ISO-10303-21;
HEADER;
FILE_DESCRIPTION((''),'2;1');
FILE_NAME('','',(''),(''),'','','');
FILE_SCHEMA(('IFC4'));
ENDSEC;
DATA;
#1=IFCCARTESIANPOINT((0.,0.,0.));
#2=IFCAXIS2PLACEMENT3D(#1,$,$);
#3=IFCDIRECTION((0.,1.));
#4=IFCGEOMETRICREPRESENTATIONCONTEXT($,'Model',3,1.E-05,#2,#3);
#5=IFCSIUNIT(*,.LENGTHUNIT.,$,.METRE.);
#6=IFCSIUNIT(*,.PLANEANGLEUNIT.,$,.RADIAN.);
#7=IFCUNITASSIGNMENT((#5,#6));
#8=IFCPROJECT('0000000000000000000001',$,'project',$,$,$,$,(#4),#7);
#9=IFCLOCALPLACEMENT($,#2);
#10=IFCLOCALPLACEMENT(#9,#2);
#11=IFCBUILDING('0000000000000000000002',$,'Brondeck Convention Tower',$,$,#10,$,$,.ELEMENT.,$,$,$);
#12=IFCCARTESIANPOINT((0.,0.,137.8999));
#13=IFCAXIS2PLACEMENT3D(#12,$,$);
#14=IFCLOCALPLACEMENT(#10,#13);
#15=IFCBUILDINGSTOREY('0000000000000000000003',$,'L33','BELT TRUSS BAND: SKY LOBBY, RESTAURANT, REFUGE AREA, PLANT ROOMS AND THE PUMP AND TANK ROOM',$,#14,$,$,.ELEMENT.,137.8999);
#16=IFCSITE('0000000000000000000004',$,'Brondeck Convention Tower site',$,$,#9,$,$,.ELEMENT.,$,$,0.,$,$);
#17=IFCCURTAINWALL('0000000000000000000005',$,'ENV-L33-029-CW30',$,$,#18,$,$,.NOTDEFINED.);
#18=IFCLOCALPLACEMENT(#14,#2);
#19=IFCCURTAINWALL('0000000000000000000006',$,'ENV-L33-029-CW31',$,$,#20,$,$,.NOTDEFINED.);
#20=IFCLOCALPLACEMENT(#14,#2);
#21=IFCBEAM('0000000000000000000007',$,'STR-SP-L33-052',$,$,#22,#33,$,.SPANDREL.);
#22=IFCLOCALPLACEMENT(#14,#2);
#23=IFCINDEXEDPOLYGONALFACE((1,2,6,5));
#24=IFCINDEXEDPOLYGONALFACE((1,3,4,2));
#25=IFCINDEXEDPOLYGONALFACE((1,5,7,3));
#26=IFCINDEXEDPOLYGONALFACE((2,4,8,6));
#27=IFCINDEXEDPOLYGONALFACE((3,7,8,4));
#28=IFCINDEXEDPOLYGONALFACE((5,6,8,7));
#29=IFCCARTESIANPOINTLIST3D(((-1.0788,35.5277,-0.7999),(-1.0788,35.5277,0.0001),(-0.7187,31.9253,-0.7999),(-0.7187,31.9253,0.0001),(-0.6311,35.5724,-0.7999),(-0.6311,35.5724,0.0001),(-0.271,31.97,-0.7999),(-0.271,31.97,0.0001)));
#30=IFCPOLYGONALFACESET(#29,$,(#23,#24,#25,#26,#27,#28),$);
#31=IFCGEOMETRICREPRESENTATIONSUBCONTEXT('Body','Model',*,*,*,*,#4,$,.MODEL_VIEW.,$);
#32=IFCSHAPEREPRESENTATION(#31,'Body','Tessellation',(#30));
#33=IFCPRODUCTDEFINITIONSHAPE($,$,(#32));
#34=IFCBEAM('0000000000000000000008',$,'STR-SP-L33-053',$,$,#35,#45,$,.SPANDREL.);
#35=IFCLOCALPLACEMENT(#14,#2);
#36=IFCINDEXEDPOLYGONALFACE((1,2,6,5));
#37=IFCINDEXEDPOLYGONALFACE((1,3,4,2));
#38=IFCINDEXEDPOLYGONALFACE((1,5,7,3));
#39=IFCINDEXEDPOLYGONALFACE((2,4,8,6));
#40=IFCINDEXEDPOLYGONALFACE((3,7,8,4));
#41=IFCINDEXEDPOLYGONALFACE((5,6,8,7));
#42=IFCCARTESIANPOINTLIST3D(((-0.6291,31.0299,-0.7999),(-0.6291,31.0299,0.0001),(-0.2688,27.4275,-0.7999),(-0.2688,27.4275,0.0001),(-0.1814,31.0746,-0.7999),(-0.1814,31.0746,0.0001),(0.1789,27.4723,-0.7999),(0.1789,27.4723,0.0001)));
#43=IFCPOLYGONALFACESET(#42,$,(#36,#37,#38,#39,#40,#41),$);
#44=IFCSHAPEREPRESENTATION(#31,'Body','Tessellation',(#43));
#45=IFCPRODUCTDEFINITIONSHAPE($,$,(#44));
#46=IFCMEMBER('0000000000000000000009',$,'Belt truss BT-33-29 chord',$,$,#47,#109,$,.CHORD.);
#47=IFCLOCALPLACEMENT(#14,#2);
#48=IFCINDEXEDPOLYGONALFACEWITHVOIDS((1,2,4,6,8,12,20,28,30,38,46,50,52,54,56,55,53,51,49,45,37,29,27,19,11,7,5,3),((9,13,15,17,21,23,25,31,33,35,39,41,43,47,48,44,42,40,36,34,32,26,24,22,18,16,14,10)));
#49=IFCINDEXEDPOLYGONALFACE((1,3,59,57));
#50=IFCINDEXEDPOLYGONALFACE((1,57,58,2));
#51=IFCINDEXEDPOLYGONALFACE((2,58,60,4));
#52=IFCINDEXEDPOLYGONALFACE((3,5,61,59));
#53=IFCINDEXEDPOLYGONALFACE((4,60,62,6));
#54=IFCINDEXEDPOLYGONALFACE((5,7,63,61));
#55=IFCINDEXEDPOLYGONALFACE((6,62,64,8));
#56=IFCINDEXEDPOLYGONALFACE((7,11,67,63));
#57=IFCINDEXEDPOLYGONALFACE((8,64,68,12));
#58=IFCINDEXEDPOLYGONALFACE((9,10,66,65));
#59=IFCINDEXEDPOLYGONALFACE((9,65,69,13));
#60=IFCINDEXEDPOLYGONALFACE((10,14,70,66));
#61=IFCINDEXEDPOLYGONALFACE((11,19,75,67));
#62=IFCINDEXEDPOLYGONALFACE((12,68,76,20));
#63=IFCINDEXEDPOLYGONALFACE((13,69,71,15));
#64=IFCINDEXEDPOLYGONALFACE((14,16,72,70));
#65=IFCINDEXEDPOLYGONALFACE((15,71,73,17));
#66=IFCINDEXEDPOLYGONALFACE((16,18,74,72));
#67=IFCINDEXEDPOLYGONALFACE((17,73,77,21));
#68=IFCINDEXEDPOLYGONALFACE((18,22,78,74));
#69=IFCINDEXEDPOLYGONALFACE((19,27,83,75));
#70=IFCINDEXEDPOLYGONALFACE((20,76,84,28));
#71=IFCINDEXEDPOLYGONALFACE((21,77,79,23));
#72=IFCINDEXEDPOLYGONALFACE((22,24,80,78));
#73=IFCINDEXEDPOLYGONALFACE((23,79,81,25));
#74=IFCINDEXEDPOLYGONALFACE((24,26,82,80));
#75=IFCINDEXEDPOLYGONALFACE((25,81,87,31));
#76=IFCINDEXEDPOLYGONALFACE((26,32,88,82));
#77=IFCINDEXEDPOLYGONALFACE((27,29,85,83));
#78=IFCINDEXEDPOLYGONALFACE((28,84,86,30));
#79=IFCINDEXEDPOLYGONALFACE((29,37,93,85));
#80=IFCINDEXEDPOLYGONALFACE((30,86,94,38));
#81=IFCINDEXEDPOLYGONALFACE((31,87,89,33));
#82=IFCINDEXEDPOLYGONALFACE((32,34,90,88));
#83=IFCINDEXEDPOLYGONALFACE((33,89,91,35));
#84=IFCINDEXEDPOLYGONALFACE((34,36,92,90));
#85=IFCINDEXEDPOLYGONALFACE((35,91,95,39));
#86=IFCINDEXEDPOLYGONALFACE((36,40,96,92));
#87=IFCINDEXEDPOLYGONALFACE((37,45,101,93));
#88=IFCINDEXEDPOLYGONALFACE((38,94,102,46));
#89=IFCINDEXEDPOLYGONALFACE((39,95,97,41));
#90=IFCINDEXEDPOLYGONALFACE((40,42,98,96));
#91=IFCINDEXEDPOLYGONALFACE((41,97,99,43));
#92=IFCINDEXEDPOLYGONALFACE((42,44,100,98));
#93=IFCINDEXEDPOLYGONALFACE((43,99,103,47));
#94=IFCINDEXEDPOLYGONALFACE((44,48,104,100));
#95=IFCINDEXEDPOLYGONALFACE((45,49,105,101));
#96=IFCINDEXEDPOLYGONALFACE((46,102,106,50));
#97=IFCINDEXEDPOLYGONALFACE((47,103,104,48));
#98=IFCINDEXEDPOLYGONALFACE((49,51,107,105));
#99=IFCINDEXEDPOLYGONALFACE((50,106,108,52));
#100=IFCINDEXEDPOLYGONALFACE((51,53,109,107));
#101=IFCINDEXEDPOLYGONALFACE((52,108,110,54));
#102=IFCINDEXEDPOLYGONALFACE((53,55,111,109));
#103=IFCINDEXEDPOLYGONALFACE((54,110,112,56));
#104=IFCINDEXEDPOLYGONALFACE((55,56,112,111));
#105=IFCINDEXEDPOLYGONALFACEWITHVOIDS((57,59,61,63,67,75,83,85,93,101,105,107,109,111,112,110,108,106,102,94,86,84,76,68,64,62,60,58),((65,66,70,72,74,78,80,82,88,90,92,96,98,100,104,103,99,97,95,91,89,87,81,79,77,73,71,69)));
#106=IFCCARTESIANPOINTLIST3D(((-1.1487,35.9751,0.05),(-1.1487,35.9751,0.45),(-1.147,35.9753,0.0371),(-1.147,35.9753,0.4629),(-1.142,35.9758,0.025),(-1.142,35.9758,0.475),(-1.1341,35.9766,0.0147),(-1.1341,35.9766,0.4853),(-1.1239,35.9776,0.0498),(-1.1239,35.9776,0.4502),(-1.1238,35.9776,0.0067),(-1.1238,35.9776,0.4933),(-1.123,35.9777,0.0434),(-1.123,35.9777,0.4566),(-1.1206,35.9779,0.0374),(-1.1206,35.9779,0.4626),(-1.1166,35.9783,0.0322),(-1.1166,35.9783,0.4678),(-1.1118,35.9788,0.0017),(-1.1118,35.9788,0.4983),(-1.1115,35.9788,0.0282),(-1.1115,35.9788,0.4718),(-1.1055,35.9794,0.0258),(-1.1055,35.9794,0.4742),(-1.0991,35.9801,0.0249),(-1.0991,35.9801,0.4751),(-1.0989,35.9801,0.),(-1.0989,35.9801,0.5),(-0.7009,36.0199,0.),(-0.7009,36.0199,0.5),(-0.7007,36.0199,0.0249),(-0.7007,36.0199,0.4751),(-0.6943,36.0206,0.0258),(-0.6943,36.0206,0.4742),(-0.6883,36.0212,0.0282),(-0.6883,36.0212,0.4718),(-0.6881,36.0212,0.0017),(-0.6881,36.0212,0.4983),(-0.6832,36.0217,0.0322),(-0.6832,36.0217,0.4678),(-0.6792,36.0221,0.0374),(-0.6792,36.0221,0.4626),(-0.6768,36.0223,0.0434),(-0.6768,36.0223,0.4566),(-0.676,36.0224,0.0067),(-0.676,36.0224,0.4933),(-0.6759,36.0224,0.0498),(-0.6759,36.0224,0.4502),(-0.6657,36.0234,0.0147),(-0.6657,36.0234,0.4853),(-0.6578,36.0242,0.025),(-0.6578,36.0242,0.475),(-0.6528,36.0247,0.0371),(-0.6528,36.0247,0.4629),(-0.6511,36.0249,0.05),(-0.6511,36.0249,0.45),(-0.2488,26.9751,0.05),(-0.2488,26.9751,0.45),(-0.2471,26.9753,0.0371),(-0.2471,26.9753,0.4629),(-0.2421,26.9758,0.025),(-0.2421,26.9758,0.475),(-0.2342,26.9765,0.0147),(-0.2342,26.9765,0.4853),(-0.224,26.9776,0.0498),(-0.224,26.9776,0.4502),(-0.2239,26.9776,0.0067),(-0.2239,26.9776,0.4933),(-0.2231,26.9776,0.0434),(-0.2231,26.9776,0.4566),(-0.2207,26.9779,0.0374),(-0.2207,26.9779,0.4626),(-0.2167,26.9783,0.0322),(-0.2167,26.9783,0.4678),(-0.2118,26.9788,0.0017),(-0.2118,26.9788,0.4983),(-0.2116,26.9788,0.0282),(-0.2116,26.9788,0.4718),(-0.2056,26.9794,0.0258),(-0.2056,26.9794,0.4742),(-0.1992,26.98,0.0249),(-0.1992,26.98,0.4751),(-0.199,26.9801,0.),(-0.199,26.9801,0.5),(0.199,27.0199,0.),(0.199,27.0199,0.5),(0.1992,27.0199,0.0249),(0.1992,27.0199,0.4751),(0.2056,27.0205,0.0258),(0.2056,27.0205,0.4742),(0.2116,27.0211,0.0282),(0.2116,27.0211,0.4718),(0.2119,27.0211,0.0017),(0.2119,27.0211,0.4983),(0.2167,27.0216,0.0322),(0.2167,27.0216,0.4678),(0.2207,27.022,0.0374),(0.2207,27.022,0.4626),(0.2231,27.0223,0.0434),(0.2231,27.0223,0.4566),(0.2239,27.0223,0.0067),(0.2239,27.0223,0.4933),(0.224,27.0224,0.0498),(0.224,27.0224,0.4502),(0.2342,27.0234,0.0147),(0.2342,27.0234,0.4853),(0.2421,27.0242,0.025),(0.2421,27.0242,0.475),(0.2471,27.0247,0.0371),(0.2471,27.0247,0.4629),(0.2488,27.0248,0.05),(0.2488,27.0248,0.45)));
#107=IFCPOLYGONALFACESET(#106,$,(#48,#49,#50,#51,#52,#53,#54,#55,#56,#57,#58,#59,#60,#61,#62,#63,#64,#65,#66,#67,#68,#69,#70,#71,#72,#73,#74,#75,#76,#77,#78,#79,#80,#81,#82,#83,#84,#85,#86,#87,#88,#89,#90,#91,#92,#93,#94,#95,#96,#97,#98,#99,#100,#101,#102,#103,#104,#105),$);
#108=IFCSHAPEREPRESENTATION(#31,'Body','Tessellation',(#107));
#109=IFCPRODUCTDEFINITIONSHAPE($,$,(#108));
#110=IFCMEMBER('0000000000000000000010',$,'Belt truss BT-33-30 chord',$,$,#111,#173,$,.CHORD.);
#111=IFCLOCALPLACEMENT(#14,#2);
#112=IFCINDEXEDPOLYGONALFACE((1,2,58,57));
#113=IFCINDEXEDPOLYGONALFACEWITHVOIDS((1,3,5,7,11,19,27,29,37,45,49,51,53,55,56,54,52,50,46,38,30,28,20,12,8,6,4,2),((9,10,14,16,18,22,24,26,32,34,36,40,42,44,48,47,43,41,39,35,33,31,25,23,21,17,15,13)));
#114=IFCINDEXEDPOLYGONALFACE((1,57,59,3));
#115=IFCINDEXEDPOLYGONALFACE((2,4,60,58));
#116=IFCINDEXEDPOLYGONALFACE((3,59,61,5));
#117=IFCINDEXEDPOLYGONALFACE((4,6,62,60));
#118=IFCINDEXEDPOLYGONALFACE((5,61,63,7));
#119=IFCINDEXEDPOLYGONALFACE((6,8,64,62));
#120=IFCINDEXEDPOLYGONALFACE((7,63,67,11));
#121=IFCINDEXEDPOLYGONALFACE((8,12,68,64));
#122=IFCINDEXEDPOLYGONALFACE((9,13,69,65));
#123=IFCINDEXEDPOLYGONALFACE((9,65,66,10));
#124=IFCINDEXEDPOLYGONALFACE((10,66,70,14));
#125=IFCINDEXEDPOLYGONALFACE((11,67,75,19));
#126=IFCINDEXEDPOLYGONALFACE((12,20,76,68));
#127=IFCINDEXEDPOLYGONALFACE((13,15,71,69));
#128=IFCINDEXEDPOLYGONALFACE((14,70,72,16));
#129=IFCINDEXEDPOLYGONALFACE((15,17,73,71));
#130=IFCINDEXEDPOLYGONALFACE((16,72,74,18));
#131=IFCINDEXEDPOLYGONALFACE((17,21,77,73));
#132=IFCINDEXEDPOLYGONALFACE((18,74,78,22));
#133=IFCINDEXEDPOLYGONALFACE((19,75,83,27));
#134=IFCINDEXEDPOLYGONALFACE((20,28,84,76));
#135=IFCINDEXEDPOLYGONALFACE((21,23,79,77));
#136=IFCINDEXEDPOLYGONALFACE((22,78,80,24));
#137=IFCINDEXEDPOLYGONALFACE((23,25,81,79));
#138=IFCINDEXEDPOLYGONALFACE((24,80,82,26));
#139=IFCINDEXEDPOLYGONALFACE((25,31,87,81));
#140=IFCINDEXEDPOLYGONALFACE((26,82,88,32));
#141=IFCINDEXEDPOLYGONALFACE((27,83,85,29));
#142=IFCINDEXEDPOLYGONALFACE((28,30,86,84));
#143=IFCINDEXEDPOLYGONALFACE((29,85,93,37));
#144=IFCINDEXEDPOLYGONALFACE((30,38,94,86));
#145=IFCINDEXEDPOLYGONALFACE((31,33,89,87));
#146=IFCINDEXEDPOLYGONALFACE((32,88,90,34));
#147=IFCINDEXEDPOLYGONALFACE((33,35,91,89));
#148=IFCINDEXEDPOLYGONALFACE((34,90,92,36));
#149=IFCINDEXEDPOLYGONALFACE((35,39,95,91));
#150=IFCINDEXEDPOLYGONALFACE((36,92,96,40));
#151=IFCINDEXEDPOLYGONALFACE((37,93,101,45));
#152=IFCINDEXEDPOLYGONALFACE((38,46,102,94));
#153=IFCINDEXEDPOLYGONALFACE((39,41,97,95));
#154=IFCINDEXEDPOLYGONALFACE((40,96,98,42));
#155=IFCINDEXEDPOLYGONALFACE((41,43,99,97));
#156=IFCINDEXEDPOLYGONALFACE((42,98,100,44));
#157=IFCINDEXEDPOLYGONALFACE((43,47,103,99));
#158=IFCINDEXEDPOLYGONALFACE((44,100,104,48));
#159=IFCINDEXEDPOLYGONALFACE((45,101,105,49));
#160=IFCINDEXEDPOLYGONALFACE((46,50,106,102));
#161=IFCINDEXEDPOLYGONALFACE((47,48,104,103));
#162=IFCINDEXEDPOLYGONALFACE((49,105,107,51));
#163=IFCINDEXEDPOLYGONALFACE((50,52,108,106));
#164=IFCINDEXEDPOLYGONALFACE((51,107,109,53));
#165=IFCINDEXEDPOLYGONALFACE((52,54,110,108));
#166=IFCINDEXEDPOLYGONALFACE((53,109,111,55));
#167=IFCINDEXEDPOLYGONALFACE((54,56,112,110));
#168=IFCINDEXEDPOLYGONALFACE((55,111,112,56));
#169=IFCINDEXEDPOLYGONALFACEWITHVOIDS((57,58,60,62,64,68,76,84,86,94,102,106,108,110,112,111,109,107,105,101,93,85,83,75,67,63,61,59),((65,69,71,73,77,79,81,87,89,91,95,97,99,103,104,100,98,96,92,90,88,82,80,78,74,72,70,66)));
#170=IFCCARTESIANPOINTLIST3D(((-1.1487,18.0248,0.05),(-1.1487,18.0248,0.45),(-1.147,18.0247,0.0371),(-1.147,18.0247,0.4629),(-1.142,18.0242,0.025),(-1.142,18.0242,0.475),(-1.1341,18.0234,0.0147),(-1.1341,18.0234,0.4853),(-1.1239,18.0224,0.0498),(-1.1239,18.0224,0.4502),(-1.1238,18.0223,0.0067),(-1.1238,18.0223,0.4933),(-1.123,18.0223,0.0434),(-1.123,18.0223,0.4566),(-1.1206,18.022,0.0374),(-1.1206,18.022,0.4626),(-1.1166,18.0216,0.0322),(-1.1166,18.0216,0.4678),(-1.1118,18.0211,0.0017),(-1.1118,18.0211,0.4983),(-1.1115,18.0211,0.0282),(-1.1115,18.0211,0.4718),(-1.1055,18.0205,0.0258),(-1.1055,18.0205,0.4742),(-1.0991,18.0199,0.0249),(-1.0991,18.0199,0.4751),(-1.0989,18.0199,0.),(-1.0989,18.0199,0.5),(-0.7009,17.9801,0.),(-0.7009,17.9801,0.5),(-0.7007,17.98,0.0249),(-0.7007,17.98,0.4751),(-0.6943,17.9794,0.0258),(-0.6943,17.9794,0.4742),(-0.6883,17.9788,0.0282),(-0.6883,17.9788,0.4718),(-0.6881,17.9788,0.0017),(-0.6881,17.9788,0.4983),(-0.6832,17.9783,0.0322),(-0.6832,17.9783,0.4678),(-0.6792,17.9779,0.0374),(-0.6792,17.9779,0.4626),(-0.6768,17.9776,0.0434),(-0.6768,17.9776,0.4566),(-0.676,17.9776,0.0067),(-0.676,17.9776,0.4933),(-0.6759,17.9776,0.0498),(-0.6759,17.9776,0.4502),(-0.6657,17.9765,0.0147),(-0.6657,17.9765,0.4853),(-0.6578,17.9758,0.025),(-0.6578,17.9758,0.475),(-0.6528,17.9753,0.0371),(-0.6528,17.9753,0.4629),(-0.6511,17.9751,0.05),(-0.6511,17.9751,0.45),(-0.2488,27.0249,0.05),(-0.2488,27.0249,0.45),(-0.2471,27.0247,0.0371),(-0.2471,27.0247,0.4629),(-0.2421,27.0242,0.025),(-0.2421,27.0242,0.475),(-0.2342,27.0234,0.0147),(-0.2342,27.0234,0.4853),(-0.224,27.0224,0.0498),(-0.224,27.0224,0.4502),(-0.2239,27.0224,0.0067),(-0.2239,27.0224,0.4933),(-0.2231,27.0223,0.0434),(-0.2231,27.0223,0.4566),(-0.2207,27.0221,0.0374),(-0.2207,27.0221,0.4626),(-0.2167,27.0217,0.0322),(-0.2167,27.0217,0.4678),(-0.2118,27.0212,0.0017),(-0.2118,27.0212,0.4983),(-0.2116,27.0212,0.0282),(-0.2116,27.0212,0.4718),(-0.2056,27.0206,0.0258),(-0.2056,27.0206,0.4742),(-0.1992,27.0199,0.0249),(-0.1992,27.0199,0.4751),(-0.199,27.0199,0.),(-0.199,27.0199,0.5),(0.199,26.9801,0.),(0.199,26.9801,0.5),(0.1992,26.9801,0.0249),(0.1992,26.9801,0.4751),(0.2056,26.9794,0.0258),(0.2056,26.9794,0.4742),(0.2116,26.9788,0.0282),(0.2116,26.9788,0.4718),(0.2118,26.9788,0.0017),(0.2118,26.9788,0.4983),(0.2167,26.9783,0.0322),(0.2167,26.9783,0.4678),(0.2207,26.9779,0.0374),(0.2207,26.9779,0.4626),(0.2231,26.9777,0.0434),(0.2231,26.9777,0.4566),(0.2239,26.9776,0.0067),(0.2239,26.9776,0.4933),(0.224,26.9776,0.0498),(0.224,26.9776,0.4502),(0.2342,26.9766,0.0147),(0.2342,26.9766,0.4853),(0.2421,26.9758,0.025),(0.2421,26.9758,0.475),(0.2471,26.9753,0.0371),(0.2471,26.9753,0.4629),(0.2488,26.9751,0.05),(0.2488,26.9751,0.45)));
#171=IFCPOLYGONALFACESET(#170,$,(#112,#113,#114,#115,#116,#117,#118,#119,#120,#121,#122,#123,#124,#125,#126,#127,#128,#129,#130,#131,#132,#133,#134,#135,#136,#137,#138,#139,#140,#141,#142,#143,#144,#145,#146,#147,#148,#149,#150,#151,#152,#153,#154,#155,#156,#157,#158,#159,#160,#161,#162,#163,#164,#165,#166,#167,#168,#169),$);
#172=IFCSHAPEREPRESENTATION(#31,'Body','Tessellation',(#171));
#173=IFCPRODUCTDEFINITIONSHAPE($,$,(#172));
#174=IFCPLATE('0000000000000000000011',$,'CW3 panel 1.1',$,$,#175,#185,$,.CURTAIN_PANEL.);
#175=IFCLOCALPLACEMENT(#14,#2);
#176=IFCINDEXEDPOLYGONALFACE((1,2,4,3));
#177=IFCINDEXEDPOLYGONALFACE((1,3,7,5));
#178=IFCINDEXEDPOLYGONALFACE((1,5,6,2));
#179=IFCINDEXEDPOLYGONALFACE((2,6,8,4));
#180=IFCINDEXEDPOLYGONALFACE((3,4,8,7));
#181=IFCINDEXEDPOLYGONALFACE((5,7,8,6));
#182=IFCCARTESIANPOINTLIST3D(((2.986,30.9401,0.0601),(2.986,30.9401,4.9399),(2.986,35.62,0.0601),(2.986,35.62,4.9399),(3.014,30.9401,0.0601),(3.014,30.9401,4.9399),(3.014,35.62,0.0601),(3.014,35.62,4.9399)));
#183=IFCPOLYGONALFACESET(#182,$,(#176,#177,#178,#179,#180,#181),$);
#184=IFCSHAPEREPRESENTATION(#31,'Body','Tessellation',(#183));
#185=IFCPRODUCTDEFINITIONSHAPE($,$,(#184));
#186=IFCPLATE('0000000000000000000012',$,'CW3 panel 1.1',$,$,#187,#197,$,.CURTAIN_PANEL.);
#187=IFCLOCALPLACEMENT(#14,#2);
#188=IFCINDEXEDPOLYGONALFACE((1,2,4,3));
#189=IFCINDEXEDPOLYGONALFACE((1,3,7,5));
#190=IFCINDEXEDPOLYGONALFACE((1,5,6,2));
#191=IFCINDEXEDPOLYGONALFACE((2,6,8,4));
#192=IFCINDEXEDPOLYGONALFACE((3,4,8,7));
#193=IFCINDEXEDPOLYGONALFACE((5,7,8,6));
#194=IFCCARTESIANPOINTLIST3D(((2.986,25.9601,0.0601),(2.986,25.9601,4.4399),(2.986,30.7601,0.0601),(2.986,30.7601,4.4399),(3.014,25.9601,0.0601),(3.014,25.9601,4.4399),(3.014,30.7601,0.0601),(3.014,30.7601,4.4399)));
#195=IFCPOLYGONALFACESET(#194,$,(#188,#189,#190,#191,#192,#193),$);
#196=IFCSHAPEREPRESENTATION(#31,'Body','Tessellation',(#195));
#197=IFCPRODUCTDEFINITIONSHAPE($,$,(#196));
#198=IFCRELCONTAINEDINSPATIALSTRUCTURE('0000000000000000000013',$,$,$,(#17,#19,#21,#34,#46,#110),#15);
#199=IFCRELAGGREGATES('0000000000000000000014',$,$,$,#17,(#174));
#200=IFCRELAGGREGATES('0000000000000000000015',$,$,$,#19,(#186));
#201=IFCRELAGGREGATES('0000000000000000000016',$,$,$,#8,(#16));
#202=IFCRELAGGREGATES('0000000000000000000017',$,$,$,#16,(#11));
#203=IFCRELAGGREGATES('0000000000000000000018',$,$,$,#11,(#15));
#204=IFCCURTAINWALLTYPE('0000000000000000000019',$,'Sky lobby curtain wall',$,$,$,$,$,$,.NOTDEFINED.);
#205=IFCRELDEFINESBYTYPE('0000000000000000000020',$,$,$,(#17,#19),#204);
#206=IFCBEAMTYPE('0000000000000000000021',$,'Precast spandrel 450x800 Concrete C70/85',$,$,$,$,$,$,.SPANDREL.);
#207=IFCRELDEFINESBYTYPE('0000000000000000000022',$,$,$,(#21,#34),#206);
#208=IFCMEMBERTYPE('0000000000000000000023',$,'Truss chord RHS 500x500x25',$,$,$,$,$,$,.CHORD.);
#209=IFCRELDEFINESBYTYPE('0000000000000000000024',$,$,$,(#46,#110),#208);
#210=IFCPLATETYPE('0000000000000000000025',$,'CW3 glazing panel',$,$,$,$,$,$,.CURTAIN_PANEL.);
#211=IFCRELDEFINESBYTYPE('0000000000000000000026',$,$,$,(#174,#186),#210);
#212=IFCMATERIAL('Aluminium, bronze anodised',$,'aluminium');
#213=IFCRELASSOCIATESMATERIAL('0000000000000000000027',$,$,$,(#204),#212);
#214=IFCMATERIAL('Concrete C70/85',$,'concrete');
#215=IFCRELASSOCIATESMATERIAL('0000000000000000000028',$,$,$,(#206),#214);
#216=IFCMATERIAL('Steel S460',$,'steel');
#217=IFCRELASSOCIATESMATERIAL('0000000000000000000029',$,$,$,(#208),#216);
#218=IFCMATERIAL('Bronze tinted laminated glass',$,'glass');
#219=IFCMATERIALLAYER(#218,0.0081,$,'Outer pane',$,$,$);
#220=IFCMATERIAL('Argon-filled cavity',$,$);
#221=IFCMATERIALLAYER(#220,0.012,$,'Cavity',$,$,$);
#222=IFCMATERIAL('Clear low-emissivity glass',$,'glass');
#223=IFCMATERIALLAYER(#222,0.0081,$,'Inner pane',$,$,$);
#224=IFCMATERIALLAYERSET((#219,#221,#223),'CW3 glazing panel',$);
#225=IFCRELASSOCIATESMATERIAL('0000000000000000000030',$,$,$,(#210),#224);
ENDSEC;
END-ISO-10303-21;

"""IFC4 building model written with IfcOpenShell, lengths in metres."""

from ifc_helpers import new_model, si_unit, direction, frame, origin, origin_2d, place, context, subcontext, project, spatial, rectangle, hollow_rectangle, extrude, material, layer, layer_set, material_profile, profile_set, type_object, element, aggregate, save


model = new_model("IFC4")

# Units and contexts
model_context = context("Model", 3, precision=1e-05, world=origin(), true_north=direction((0.0, 1.0)))
body_context = subcontext(model_context, "Body", "Model", "MODEL_VIEW")
ifc_project = project(units=[si_unit("LENGTHUNIT", "METRE"), si_unit("PLANEANGLEUNIT", "RADIAN")], contexts=[model_context])

# Site, building, storey
site_placement = place(None, origin())
site = spatial("IfcSite", under=ifc_project, at=site_placement, Name="Brondeck Convention Tower site", CompositionType="ELEMENT", RefElevation=0.0)
building_placement = place(site_placement, origin())
building = spatial("IfcBuilding", under=site, at=building_placement, Name="Brondeck Convention Tower", CompositionType="ELEMENT")
storey_placement = place(building_placement, frame((0.0, 0.0, 137.8999)))
storey = spatial("IfcBuildingStorey", under=building, at=storey_placement, Name="L33", Description="BELT TRUSS BAND: SKY LOBBY, RESTAURANT, REFUGE AREA, PLANT ROOMS AND THE PUMP AND TANK ROOM", CompositionType="ELEMENT", Elevation=137.8999)

# Shared definitions
ifc_material_1 = material(Name="Concrete C70/85", Category="concrete")

# Curtain wall
ifc_material_2 = material(Name="Aluminium, bronze anodised", Category="aluminium")
curtain_wall_type = type_object("IfcCurtainWallType", Name="Sky lobby curtain wall", PredefinedType="NOTDEFINED", material=ifc_material_2)
curtain_wall_1_placement = place(storey_placement, origin())
curtain_wall_1 = element("IfcCurtainWall", 1, at=curtain_wall_1_placement, inside=storey, type_object=curtain_wall_type, Name="ENV-L33-029-CW30", PredefinedType="NOTDEFINED")

# Curtain wall
curtain_wall_2_placement = place(storey_placement, origin())
curtain_wall_2 = element("IfcCurtainWall", 2, at=curtain_wall_2_placement, inside=storey, type_object=curtain_wall_type, Name="ENV-L33-029-CW31", PredefinedType="NOTDEFINED")

# Shared definitions
ifc_material_3 = material(Name="Steel S460", Category="steel")

# Beams
ifc_material_profile_1 = material_profile(ifc_material_1, rectangle(XDim=0.45, YDim=0.8, at=origin_2d()), Name="Precast spandrel 450x800 Concrete C70/85")
ifc_profile_set_1 = profile_set([ifc_material_profile_1], Name="Concrete C70/85")
beam_type_1 = type_object("IfcBeamType", Name="Precast spandrel 450x800 Concrete C70/85", PredefinedType="SPANDREL", material=ifc_profile_set_1)
for number, where, z_axis, x_axis, name in (
    (3, (-0.855, 35.55, -0.3999), (0.09947, -0.995041, 0.0), (0.995041, 0.09947, 0.0), "STR-SP-L33-052"),
    (4, (-0.4053, 31.0522, -0.3999), (0.099537, -0.995034, 0.0), (0.995034, 0.099537, 0.0), "STR-SP-L33-053"),
):
    element("IfcBeam", number, at=place(storey_placement, frame(where, z_axis=z_axis, x_axis=x_axis)), inside=storey, type_object=beam_type_1, Name=name, PredefinedType="SPANDREL", context=body_context, shape_type="SweptSolid", body=[
        extrude(rectangle(XDim=0.45, YDim=0.8, at=origin_2d()), origin(), (0.0, 0.0, 1.0), 3.6204),
    ])

# Members
ifc_material_profile_2 = material_profile(ifc_material_3, hollow_rectangle(XDim=0.5, YDim=0.5, WallThickness=0.0249, InnerFilletRadius=0.0249, OuterFilletRadius=0.05, at=origin_2d()), Name="RHS 500x500x25")
ifc_profile_set_2 = profile_set([ifc_material_profile_2], Name="Steel S460")
member_type_1 = type_object("IfcMemberType", Name="Truss chord RHS 500x500x25", PredefinedType="CHORD", material=ifc_profile_set_2)
for number, where, z_axis, x_axis, name in (
    (5, (-0.8999, 36.0, 0.25), (0.099493, -0.995038, 0.0), (0.995038, 0.099493, 0.0), "Belt truss BT-33-29 chord"),
    (6, (0.0, 27.0, 0.25), (-0.099493, -0.995038, 0.0), (0.995038, -0.099493, 0.0), "Belt truss BT-33-30 chord"),
):
    element("IfcMember", number, at=place(storey_placement, frame(where, z_axis=z_axis, x_axis=x_axis)), inside=storey, type_object=member_type_1, Name=name, PredefinedType="CHORD", context=body_context, shape_type="SweptSolid", body=[
        extrude(hollow_rectangle(XDim=0.5, YDim=0.5, WallThickness=0.0249, InnerFilletRadius=0.0249, OuterFilletRadius=0.05, at=origin_2d()), origin(), (0.0, 0.0, 1.0), 9.0449),
    ])

# Plates
ifc_material_4 = material(Name="Bronze tinted laminated glass", Category="glass")
ifc_layer_1 = layer(ifc_material_4, 0.0081, Name="Outer pane")
ifc_material_5 = material(Name="Argon-filled cavity")
ifc_layer_2 = layer(ifc_material_5, 0.012, Name="Cavity")
ifc_material_6 = material(Name="Clear low-emissivity glass", Category="glass")
ifc_layer_3 = layer(ifc_material_6, 0.0081, Name="Inner pane")
ifc_layer_set_1 = layer_set([ifc_layer_1, ifc_layer_2, ifc_layer_3], Name="CW3 glazing panel")
plate_type = type_object("IfcPlateType", Name="CW3 glazing panel", PredefinedType="CURTAIN_PANEL", material=ifc_layer_set_1)
plate_1_placement = place(storey_placement, frame((3.0, 33.28, 0.0601), z_axis=(0.0, 0.0, 1.0), x_axis=(0.0, 1.0, 0.0)))
plate_1 = element("IfcPlate", 7, at=plate_1_placement, type_object=plate_type, Name="CW3 panel 1.1", PredefinedType="CURTAIN_PANEL", context=body_context, shape_type="SweptSolid", body=[
    extrude(rectangle(XDim=4.6799, YDim=0.0281, at=origin_2d()), origin(), (0.0, 0.0, 1.0), 4.8799),
])
aggregate(curtain_wall_1, [plate_1])
plate_2_placement = place(storey_placement, frame((3.0, 28.3601, 0.0601), z_axis=(0.0, 0.0, 1.0), x_axis=(0.0, 1.0, 0.0)))
plate_2 = element("IfcPlate", 8, at=plate_2_placement, type_object=plate_type, Name="CW3 panel 1.1", PredefinedType="CURTAIN_PANEL", context=body_context, shape_type="SweptSolid", body=[
    extrude(rectangle(XDim=4.8, YDim=0.0281, at=origin_2d()), origin(), (0.0, 0.0, 1.0), 4.3799),
])
aggregate(curtain_wall_2, [plate_2])

save(model, "model.ifc")
